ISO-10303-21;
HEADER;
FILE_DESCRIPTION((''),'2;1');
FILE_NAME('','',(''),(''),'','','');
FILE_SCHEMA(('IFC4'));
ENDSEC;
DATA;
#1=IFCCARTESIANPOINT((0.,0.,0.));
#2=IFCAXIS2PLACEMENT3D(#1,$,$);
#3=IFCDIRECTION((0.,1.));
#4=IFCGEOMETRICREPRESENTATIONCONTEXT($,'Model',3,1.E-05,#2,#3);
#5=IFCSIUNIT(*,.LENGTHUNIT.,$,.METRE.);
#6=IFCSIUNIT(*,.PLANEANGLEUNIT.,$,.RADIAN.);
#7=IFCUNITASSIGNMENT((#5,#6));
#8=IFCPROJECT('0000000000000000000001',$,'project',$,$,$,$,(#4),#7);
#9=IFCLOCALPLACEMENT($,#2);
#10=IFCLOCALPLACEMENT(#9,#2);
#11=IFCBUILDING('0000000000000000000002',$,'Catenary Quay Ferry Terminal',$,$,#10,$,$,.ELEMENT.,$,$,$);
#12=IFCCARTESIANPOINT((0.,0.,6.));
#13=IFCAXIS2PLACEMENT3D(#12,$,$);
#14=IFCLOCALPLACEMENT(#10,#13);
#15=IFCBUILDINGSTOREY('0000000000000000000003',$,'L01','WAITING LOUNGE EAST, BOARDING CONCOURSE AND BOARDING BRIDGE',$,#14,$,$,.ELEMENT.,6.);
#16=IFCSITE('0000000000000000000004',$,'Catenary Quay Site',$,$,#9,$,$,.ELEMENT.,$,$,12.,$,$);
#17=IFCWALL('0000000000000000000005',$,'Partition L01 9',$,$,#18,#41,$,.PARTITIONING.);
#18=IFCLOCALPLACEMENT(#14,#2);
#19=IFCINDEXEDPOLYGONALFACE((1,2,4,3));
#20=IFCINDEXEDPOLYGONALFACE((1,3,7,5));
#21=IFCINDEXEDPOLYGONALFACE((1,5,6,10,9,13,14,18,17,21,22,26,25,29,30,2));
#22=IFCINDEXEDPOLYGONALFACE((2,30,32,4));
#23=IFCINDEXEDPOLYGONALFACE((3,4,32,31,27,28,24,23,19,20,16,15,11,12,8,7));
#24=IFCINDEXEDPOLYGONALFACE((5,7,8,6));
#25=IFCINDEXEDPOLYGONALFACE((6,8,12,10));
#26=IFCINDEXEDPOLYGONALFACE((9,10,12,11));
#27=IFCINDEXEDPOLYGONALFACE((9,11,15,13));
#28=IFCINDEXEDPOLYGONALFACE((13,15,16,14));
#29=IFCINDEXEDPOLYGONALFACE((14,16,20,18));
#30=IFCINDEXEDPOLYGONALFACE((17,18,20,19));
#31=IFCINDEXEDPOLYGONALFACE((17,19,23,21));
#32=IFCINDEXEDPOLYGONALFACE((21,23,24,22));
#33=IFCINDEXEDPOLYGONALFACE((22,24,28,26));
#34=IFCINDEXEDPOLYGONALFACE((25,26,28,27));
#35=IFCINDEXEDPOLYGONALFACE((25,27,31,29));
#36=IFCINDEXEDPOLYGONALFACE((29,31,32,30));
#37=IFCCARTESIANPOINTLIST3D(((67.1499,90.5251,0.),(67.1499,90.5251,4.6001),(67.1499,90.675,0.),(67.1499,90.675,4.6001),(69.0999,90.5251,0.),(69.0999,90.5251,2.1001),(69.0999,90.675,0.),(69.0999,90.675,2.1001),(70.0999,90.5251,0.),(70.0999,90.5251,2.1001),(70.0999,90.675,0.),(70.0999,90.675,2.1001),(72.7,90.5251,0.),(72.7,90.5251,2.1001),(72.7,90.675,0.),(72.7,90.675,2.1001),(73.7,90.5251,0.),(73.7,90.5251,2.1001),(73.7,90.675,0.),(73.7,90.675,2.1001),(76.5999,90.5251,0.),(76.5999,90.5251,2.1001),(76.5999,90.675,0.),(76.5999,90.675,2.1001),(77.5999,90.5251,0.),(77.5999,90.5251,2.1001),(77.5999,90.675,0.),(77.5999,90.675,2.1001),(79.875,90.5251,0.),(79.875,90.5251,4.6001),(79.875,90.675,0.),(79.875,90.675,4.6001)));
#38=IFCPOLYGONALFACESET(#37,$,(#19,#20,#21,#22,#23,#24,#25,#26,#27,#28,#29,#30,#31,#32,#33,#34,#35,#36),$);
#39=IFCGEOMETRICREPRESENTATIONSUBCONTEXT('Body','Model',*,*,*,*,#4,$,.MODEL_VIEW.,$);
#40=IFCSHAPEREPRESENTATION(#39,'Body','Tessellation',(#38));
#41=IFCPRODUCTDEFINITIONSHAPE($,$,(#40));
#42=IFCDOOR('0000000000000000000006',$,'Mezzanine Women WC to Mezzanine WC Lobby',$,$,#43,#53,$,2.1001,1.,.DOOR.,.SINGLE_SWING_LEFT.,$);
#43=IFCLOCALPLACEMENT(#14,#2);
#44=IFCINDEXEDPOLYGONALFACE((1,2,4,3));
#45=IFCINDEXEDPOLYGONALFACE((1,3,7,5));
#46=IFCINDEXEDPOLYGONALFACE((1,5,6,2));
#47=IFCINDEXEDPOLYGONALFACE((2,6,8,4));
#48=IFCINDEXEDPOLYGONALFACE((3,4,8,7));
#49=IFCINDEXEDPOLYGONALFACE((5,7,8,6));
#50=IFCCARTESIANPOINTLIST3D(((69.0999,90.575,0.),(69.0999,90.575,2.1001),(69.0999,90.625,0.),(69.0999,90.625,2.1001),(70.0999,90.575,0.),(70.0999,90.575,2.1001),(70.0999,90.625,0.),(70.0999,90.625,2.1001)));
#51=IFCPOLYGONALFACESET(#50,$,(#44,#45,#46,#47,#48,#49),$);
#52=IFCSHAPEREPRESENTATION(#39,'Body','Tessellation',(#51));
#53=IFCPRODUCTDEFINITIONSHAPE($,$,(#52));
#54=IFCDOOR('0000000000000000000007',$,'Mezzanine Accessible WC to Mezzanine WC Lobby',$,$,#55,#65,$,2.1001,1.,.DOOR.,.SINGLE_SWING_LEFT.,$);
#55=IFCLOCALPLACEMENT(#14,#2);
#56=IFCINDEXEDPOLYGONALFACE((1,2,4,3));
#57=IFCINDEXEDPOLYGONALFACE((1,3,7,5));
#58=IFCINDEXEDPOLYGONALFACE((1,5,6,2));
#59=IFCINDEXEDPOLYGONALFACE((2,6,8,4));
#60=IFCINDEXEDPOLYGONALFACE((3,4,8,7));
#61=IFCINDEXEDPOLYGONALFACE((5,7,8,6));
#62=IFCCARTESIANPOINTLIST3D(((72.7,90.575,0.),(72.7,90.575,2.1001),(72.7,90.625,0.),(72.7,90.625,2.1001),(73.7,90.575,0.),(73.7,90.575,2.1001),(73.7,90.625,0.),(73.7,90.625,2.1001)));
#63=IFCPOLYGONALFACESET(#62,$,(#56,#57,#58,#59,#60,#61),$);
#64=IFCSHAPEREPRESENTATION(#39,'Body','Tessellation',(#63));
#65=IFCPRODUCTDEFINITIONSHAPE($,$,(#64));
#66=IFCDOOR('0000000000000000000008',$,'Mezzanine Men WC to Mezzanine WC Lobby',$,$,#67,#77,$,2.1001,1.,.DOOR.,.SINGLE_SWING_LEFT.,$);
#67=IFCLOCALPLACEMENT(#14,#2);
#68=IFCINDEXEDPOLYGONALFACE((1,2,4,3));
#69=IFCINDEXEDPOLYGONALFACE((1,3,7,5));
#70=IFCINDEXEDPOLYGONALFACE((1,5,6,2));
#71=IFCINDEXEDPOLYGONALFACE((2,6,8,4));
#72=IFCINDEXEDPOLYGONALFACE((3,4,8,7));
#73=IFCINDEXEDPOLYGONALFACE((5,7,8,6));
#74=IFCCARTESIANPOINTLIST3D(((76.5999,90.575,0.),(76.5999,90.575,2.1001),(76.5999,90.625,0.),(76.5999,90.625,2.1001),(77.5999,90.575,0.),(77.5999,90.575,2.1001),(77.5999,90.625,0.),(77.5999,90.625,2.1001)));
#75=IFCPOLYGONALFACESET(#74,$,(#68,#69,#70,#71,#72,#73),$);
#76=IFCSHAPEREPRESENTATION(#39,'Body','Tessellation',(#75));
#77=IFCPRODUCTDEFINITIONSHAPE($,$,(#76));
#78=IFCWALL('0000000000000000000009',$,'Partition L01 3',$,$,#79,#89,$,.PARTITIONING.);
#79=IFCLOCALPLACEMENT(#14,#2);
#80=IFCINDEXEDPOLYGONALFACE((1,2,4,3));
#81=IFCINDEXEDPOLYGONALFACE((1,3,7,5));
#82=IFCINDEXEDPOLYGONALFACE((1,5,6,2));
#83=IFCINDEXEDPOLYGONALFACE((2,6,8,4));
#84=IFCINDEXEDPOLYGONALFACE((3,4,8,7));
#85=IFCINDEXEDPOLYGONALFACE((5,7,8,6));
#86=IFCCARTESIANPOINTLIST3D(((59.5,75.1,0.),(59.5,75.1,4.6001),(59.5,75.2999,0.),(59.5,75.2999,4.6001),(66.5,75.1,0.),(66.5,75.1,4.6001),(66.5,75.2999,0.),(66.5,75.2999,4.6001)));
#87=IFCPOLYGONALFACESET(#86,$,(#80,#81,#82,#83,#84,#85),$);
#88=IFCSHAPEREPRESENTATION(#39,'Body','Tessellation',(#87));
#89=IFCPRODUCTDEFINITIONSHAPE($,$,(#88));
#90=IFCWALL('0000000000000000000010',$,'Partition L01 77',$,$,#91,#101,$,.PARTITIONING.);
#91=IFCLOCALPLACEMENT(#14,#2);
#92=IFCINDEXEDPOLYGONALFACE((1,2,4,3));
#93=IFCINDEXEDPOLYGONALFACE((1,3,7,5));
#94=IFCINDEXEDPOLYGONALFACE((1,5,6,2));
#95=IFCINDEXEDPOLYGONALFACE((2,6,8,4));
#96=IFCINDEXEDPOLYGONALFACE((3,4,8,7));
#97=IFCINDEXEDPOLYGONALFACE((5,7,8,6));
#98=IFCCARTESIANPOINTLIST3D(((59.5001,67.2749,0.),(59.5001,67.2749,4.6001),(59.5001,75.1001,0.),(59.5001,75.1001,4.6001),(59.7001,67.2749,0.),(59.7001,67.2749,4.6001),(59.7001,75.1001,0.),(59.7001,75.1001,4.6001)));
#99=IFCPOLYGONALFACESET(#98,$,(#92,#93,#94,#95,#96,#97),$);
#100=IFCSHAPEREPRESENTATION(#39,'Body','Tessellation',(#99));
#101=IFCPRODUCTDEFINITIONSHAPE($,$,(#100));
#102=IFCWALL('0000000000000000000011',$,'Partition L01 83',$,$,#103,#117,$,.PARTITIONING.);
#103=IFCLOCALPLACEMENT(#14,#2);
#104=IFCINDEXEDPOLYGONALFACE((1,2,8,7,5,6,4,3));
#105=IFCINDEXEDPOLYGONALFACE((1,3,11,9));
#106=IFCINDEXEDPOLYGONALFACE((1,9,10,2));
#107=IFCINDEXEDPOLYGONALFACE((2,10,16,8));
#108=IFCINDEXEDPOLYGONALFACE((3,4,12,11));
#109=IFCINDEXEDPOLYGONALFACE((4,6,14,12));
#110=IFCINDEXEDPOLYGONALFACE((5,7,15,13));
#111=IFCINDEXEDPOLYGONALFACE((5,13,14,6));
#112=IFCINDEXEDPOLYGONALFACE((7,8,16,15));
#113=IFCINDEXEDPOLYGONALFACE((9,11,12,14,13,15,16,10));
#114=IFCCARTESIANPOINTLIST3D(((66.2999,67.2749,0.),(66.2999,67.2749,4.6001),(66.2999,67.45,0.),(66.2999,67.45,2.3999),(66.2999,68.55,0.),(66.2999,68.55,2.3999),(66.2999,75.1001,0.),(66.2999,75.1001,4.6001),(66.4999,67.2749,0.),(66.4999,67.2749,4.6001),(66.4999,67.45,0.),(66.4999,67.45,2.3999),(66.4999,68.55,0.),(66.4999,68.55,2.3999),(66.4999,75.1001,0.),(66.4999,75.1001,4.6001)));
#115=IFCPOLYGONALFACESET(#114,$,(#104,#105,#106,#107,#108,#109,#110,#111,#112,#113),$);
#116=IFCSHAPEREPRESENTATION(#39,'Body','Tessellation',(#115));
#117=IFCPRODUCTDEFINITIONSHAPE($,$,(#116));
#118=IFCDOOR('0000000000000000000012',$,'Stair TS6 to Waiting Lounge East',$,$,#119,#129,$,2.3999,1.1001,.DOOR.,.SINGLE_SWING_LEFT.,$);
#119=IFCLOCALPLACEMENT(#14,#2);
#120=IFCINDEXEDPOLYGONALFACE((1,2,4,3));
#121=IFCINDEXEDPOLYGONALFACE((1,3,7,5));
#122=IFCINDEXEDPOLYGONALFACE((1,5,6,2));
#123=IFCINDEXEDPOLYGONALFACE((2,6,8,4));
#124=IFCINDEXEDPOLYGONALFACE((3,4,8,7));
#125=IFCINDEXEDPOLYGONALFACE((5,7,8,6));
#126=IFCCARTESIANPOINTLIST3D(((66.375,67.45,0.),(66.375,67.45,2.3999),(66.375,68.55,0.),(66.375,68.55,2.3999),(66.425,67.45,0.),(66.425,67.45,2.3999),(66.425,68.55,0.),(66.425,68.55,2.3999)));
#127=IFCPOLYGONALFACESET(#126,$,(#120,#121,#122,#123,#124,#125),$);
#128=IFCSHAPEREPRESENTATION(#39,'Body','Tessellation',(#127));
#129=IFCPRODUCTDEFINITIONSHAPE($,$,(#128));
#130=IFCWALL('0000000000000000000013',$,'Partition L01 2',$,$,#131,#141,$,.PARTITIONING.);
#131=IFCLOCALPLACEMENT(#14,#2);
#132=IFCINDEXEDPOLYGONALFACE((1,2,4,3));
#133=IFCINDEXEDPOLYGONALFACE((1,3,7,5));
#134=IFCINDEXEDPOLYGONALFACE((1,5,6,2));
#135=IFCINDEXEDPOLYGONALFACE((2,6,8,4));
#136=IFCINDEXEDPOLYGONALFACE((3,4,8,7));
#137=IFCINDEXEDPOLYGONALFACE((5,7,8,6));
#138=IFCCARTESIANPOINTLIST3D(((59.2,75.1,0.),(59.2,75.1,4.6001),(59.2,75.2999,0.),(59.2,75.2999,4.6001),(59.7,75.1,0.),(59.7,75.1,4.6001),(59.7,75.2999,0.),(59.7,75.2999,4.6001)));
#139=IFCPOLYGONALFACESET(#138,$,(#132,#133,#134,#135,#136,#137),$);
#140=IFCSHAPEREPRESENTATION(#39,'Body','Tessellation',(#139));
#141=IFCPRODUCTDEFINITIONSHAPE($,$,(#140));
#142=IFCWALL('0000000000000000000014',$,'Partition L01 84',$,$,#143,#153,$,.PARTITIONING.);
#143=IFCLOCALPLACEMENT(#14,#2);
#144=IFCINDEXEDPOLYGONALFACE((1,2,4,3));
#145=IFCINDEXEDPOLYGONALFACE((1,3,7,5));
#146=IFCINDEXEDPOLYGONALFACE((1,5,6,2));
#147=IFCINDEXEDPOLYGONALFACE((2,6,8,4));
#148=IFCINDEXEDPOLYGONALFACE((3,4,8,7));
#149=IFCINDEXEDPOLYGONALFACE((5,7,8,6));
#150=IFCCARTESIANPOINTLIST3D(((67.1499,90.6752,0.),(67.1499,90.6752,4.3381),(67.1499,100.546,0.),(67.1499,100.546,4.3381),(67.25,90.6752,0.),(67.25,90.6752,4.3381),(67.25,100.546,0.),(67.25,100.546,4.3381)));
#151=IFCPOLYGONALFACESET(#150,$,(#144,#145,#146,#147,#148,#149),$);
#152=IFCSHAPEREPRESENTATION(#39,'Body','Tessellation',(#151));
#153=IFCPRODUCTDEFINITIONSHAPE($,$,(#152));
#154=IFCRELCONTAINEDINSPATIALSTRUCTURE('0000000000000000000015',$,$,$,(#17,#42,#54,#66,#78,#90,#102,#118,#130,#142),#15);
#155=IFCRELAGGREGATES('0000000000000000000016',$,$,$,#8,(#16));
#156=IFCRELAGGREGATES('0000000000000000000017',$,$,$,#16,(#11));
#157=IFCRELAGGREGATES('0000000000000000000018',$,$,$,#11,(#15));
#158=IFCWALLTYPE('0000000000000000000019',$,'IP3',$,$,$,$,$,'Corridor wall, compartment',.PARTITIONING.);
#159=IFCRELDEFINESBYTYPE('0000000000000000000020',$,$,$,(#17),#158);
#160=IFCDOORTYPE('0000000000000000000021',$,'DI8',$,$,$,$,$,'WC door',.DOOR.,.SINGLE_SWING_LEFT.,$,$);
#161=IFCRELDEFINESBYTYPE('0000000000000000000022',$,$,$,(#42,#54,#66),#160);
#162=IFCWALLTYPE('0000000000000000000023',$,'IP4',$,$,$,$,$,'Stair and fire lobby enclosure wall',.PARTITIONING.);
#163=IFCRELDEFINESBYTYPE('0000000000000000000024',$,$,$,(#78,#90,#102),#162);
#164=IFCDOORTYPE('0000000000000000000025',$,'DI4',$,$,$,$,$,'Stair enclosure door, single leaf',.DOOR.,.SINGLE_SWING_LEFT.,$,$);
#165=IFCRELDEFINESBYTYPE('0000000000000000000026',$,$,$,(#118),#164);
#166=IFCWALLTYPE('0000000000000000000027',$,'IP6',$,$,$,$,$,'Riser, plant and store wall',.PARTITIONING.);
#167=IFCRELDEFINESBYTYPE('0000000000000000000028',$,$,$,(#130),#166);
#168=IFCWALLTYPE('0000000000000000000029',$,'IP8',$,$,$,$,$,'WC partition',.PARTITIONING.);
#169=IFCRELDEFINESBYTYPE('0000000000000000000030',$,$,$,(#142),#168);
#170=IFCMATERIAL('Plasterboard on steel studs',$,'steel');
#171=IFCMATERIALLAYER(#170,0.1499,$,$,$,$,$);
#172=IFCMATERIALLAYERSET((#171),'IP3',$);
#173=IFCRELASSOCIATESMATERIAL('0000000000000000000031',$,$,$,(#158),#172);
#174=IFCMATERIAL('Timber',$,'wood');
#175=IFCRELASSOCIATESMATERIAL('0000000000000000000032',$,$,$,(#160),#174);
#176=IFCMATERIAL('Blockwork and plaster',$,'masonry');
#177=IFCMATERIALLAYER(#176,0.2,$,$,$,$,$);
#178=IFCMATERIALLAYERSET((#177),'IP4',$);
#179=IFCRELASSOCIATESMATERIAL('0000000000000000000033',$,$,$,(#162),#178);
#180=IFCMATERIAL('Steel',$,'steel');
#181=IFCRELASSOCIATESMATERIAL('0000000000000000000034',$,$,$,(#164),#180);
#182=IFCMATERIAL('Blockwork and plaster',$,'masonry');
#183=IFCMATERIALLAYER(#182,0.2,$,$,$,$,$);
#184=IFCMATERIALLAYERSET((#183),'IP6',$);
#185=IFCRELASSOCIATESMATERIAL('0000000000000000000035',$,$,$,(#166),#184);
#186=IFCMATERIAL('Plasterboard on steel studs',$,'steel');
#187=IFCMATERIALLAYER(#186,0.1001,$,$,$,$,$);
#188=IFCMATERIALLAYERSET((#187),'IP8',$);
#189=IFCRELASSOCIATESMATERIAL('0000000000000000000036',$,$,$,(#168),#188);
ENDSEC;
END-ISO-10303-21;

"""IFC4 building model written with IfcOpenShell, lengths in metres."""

from ifc_helpers import new_model, si_unit, direction, frame, frame_2d, origin, place, context, subcontext, project, spatial, rectangle, extrude, material, layer, layer_set, type_object, element, fill, save


model = new_model("IFC4")

# Units and contexts
model_context = context("Model", 3, precision=1e-05, world=origin(), true_north=direction((0.0, 1.0)))
body_context = subcontext(model_context, "Body", "Model", "MODEL_VIEW")
ifc_project = project(units=[si_unit("LENGTHUNIT", "METRE"), si_unit("PLANEANGLEUNIT", "RADIAN")], contexts=[model_context])

# Site, building, storey
site_placement = place(None, origin())
site = spatial("IfcSite", under=ifc_project, at=site_placement, Name="Catenary Quay Site", CompositionType="ELEMENT", RefElevation=12.0)
building_placement = place(site_placement, origin())
building = spatial("IfcBuilding", under=site, at=building_placement, Name="Catenary Quay Ferry Terminal", CompositionType="ELEMENT")
storey_placement = place(building_placement, frame((0.0, 0.0, 6.0)))
storey = spatial("IfcBuildingStorey", under=building, at=storey_placement, Name="L01", Description="WAITING LOUNGE EAST, BOARDING CONCOURSE AND BOARDING BRIDGE", CompositionType="ELEMENT", Elevation=6.0)

# Shared definitions
ifc_material_1 = material(Name="Plasterboard on steel studs", Category="steel")
ifc_layer_1 = layer(ifc_material_1, 0.1499)
ifc_layer_set_1 = layer_set([ifc_layer_1], Name="IP3")
wall_type_1 = type_object("IfcWallType", Name="IP3", ElementType="Corridor wall, compartment", PredefinedType="PARTITIONING", material=ifc_layer_set_1)

# Wall, openings, doors
wall_1_placement = place(storey_placement, frame((67.1499, 90.6001, 0.0), z_axis=(0.0, 0.0, 1.0), x_axis=(1.0, 0.0, 0.0)))
wall_1 = element("IfcWall", 1, at=wall_1_placement, inside=storey, type_object=wall_type_1, Name="Partition L01 9", PredefinedType="PARTITIONING", context=body_context, shape_type="SweptSolid", body=[
    extrude(rectangle(XDim=12.7251, YDim=0.1499, at=frame_2d((6.3625, 0.0))), origin(), (0.0, 0.0, 1.0), 4.6001),
])
opening_1_placement = place(wall_1_placement, frame((1.95, 0.0, 0.0)))
opening_1 = element("IfcOpeningElement", 2, at=opening_1_placement, cuts=wall_1, PredefinedType="OPENING", context=body_context, shape_type="SweptSolid", body=[
    extrude(rectangle(XDim=1.0, YDim=2.1001, at=frame_2d((0.5, 1.05))), frame((0.0, 0.085, 0.0), z_axis=(0.0, -1.0, 0.0), x_axis=(1.0, 0.0, 0.0)), (0.0, 0.0, 1.0), 0.1699),
])
opening_2_placement = place(wall_1_placement, frame((5.55, 0.0, 0.0)))
opening_2 = element("IfcOpeningElement", 3, at=opening_2_placement, cuts=wall_1, PredefinedType="OPENING", context=body_context, shape_type="SweptSolid", body=[
    extrude(rectangle(XDim=1.0, YDim=2.1001, at=frame_2d((0.5, 1.05))), frame((0.0, 0.085, 0.0), z_axis=(0.0, -1.0, 0.0), x_axis=(1.0, 0.0, 0.0)), (0.0, 0.0, 1.0), 0.1699),
])
opening_3_placement = place(wall_1_placement, frame((9.45, 0.0, 0.0)))
opening_3 = element("IfcOpeningElement", 4, at=opening_3_placement, cuts=wall_1, PredefinedType="OPENING", context=body_context, shape_type="SweptSolid", body=[
    extrude(rectangle(XDim=1.0, YDim=2.1001, at=frame_2d((0.5, 1.05))), frame((0.0, 0.085, 0.0), z_axis=(0.0, -1.0, 0.0), x_axis=(1.0, 0.0, 0.0)), (0.0, 0.0, 1.0), 0.1699),
])
ifc_material_2 = material(Name="Timber", Category="wood")
door_type_1 = type_object("IfcDoorType", Name="DI8", ElementType="WC door", OperationType="SINGLE_SWING_LEFT", PredefinedType="DOOR", material=ifc_material_2)
door_1_placement = place(opening_1_placement, origin())
door_1 = element("IfcDoor", 5, at=door_1_placement, inside=storey, type_object=door_type_1, Name="Mezzanine Women WC to Mezzanine WC Lobby", OperationType="SINGLE_SWING_LEFT", OverallHeight=2.1001, OverallWidth=1.0, PredefinedType="DOOR", context=body_context, shape_type="SweptSolid", body=[
    extrude(rectangle(XDim=1.0, YDim=2.1001, at=frame_2d((0.5, 1.05))), frame((0.0, 0.0249, 0.0), z_axis=(0.0, -1.0, 0.0), x_axis=(1.0, 0.0, 0.0)), (0.0, 0.0, 1.0), 0.05),
])
fill(opening_1, door_1)
door_2_placement = place(opening_2_placement, origin())
door_2 = element("IfcDoor", 6, at=door_2_placement, inside=storey, type_object=door_type_1, Name="Mezzanine Accessible WC to Mezzanine WC Lobby", OperationType="SINGLE_SWING_LEFT", OverallHeight=2.1001, OverallWidth=1.0, PredefinedType="DOOR", context=body_context, shape_type="SweptSolid", body=[
    extrude(rectangle(XDim=1.0, YDim=2.1001, at=frame_2d((0.5, 1.05))), frame((0.0, 0.0249, 0.0), z_axis=(0.0, -1.0, 0.0), x_axis=(1.0, 0.0, 0.0)), (0.0, 0.0, 1.0), 0.05),
])
fill(opening_2, door_2)
door_3_placement = place(opening_3_placement, origin())
door_3 = element("IfcDoor", 7, at=door_3_placement, inside=storey, type_object=door_type_1, Name="Mezzanine Men WC to Mezzanine WC Lobby", OperationType="SINGLE_SWING_LEFT", OverallHeight=2.1001, OverallWidth=1.0, PredefinedType="DOOR", context=body_context, shape_type="SweptSolid", body=[
    extrude(rectangle(XDim=1.0, YDim=2.1001, at=frame_2d((0.5, 1.05))), frame((0.0, 0.0249, 0.0), z_axis=(0.0, -1.0, 0.0), x_axis=(1.0, 0.0, 0.0)), (0.0, 0.0, 1.0), 0.05),
])
fill(opening_3, door_3)

# Walls
ifc_material_3 = material(Name="Blockwork and plaster", Category="masonry")
ifc_layer_2 = layer(ifc_material_3, 0.2)
ifc_layer_set_2 = layer_set([ifc_layer_2], Name="IP4")
wall_type_2 = type_object("IfcWallType", Name="IP4", ElementType="Stair and fire lobby enclosure wall", PredefinedType="PARTITIONING", material=ifc_layer_set_2)
wall_2_placement = place(storey_placement, frame((59.5, 75.2, 0.0), z_axis=(0.0, 0.0, 1.0), x_axis=(1.0, 0.0, 0.0)))
element("IfcWall", 8, at=wall_2_placement, inside=storey, type_object=wall_type_2, Name="Partition L01 3", PredefinedType="PARTITIONING", context=body_context, shape_type="SweptSolid", body=[
    extrude(rectangle(XDim=7.0, YDim=0.2, at=frame_2d((3.5, 0.0))), origin(), (0.0, 0.0, 1.0), 4.6001),
])
wall_3_placement = place(storey_placement, frame((59.6001, 67.2749, 0.0), z_axis=(0.0, 0.0, 1.0), x_axis=(0.0, 1.0, 0.0)))
element("IfcWall", 9, at=wall_3_placement, inside=storey, type_object=wall_type_2, Name="Partition L01 77", PredefinedType="PARTITIONING", context=body_context, shape_type="SweptSolid", body=[
    extrude(rectangle(XDim=7.8252, YDim=0.2, at=frame_2d((3.9126, 0.0))), origin(), (0.0, 0.0, 1.0), 4.6001),
])

# Wall, opening, door
wall_4_placement = place(storey_placement, frame((66.3999, 67.2749, 0.0), z_axis=(0.0, 0.0, 1.0), x_axis=(0.0, 1.0, 0.0)))
wall_4 = element("IfcWall", 10, at=wall_4_placement, inside=storey, type_object=wall_type_2, Name="Partition L01 83", PredefinedType="PARTITIONING", context=body_context, shape_type="SweptSolid", body=[
    extrude(rectangle(XDim=7.8252, YDim=0.2, at=frame_2d((3.9126, 0.0))), origin(), (0.0, 0.0, 1.0), 4.6001),
])
opening_4_placement = place(wall_4_placement, frame((0.175, 0.0, 0.0)))
opening_4 = element("IfcOpeningElement", 11, at=opening_4_placement, cuts=wall_4, PredefinedType="OPENING", context=body_context, shape_type="SweptSolid", body=[
    extrude(rectangle(XDim=1.1001, YDim=2.3999, at=frame_2d((0.55, 1.2))), frame((0.0, 0.1099, 0.0), z_axis=(0.0, -1.0, 0.0), x_axis=(1.0, 0.0, 0.0)), (0.0, 0.0, 1.0), 0.22),
])
ifc_material_4 = material(Name="Steel", Category="steel")
door_type_2 = type_object("IfcDoorType", Name="DI4", ElementType="Stair enclosure door, single leaf", OperationType="SINGLE_SWING_LEFT", PredefinedType="DOOR", material=ifc_material_4)
door_4_placement = place(opening_4_placement, origin())
door_4 = element("IfcDoor", 12, at=door_4_placement, inside=storey, type_object=door_type_2, Name="Stair TS6 to Waiting Lounge East", OperationType="SINGLE_SWING_LEFT", OverallHeight=2.3999, OverallWidth=1.1001, PredefinedType="DOOR", context=body_context, shape_type="SweptSolid", body=[
    extrude(rectangle(XDim=1.1001, YDim=2.3999, at=frame_2d((0.55, 1.2))), frame((0.0, 0.0249, 0.0), z_axis=(0.0, -1.0, 0.0), x_axis=(1.0, 0.0, 0.0)), (0.0, 0.0, 1.0), 0.05),
])
fill(opening_4, door_4)

# Walls
ifc_material_5 = material(Name="Blockwork and plaster", Category="masonry")
ifc_layer_3 = layer(ifc_material_5, 0.2)
ifc_layer_set_3 = layer_set([ifc_layer_3], Name="IP6")
wall_type_3 = type_object("IfcWallType", Name="IP6", ElementType="Riser, plant and store wall", PredefinedType="PARTITIONING", material=ifc_layer_set_3)
wall_5_placement = place(storey_placement, frame((59.2, 75.2, 0.0), z_axis=(0.0, 0.0, 1.0), x_axis=(1.0, 0.0, 0.0)))
element("IfcWall", 13, at=wall_5_placement, inside=storey, type_object=wall_type_3, Name="Partition L01 2", PredefinedType="PARTITIONING", context=body_context, shape_type="SweptSolid", body=[
    extrude(rectangle(XDim=0.5, YDim=0.2, at=frame_2d((0.25, 0.0))), origin(), (0.0, 0.0, 1.0), 4.6001),
])
ifc_material_6 = material(Name="Plasterboard on steel studs", Category="steel")
ifc_layer_4 = layer(ifc_material_6, 0.1001)
ifc_layer_set_4 = layer_set([ifc_layer_4], Name="IP8")
wall_type_4 = type_object("IfcWallType", Name="IP8", ElementType="WC partition", PredefinedType="PARTITIONING", material=ifc_layer_set_4)
wall_6_placement = place(storey_placement, frame((67.2, 90.675, 0.0), z_axis=(0.0, 0.0, 1.0), x_axis=(0.0, 1.0, 0.0)))
element("IfcWall", 14, at=wall_6_placement, inside=storey, type_object=wall_type_4, Name="Partition L01 84", PredefinedType="PARTITIONING", context=body_context, shape_type="SweptSolid", body=[
    extrude(rectangle(XDim=9.8708, YDim=0.1001, at=frame_2d((4.9355, 0.0))), origin(), (0.0, 0.0, 1.0), 4.3381),
])

save(model, "model.ifc")
